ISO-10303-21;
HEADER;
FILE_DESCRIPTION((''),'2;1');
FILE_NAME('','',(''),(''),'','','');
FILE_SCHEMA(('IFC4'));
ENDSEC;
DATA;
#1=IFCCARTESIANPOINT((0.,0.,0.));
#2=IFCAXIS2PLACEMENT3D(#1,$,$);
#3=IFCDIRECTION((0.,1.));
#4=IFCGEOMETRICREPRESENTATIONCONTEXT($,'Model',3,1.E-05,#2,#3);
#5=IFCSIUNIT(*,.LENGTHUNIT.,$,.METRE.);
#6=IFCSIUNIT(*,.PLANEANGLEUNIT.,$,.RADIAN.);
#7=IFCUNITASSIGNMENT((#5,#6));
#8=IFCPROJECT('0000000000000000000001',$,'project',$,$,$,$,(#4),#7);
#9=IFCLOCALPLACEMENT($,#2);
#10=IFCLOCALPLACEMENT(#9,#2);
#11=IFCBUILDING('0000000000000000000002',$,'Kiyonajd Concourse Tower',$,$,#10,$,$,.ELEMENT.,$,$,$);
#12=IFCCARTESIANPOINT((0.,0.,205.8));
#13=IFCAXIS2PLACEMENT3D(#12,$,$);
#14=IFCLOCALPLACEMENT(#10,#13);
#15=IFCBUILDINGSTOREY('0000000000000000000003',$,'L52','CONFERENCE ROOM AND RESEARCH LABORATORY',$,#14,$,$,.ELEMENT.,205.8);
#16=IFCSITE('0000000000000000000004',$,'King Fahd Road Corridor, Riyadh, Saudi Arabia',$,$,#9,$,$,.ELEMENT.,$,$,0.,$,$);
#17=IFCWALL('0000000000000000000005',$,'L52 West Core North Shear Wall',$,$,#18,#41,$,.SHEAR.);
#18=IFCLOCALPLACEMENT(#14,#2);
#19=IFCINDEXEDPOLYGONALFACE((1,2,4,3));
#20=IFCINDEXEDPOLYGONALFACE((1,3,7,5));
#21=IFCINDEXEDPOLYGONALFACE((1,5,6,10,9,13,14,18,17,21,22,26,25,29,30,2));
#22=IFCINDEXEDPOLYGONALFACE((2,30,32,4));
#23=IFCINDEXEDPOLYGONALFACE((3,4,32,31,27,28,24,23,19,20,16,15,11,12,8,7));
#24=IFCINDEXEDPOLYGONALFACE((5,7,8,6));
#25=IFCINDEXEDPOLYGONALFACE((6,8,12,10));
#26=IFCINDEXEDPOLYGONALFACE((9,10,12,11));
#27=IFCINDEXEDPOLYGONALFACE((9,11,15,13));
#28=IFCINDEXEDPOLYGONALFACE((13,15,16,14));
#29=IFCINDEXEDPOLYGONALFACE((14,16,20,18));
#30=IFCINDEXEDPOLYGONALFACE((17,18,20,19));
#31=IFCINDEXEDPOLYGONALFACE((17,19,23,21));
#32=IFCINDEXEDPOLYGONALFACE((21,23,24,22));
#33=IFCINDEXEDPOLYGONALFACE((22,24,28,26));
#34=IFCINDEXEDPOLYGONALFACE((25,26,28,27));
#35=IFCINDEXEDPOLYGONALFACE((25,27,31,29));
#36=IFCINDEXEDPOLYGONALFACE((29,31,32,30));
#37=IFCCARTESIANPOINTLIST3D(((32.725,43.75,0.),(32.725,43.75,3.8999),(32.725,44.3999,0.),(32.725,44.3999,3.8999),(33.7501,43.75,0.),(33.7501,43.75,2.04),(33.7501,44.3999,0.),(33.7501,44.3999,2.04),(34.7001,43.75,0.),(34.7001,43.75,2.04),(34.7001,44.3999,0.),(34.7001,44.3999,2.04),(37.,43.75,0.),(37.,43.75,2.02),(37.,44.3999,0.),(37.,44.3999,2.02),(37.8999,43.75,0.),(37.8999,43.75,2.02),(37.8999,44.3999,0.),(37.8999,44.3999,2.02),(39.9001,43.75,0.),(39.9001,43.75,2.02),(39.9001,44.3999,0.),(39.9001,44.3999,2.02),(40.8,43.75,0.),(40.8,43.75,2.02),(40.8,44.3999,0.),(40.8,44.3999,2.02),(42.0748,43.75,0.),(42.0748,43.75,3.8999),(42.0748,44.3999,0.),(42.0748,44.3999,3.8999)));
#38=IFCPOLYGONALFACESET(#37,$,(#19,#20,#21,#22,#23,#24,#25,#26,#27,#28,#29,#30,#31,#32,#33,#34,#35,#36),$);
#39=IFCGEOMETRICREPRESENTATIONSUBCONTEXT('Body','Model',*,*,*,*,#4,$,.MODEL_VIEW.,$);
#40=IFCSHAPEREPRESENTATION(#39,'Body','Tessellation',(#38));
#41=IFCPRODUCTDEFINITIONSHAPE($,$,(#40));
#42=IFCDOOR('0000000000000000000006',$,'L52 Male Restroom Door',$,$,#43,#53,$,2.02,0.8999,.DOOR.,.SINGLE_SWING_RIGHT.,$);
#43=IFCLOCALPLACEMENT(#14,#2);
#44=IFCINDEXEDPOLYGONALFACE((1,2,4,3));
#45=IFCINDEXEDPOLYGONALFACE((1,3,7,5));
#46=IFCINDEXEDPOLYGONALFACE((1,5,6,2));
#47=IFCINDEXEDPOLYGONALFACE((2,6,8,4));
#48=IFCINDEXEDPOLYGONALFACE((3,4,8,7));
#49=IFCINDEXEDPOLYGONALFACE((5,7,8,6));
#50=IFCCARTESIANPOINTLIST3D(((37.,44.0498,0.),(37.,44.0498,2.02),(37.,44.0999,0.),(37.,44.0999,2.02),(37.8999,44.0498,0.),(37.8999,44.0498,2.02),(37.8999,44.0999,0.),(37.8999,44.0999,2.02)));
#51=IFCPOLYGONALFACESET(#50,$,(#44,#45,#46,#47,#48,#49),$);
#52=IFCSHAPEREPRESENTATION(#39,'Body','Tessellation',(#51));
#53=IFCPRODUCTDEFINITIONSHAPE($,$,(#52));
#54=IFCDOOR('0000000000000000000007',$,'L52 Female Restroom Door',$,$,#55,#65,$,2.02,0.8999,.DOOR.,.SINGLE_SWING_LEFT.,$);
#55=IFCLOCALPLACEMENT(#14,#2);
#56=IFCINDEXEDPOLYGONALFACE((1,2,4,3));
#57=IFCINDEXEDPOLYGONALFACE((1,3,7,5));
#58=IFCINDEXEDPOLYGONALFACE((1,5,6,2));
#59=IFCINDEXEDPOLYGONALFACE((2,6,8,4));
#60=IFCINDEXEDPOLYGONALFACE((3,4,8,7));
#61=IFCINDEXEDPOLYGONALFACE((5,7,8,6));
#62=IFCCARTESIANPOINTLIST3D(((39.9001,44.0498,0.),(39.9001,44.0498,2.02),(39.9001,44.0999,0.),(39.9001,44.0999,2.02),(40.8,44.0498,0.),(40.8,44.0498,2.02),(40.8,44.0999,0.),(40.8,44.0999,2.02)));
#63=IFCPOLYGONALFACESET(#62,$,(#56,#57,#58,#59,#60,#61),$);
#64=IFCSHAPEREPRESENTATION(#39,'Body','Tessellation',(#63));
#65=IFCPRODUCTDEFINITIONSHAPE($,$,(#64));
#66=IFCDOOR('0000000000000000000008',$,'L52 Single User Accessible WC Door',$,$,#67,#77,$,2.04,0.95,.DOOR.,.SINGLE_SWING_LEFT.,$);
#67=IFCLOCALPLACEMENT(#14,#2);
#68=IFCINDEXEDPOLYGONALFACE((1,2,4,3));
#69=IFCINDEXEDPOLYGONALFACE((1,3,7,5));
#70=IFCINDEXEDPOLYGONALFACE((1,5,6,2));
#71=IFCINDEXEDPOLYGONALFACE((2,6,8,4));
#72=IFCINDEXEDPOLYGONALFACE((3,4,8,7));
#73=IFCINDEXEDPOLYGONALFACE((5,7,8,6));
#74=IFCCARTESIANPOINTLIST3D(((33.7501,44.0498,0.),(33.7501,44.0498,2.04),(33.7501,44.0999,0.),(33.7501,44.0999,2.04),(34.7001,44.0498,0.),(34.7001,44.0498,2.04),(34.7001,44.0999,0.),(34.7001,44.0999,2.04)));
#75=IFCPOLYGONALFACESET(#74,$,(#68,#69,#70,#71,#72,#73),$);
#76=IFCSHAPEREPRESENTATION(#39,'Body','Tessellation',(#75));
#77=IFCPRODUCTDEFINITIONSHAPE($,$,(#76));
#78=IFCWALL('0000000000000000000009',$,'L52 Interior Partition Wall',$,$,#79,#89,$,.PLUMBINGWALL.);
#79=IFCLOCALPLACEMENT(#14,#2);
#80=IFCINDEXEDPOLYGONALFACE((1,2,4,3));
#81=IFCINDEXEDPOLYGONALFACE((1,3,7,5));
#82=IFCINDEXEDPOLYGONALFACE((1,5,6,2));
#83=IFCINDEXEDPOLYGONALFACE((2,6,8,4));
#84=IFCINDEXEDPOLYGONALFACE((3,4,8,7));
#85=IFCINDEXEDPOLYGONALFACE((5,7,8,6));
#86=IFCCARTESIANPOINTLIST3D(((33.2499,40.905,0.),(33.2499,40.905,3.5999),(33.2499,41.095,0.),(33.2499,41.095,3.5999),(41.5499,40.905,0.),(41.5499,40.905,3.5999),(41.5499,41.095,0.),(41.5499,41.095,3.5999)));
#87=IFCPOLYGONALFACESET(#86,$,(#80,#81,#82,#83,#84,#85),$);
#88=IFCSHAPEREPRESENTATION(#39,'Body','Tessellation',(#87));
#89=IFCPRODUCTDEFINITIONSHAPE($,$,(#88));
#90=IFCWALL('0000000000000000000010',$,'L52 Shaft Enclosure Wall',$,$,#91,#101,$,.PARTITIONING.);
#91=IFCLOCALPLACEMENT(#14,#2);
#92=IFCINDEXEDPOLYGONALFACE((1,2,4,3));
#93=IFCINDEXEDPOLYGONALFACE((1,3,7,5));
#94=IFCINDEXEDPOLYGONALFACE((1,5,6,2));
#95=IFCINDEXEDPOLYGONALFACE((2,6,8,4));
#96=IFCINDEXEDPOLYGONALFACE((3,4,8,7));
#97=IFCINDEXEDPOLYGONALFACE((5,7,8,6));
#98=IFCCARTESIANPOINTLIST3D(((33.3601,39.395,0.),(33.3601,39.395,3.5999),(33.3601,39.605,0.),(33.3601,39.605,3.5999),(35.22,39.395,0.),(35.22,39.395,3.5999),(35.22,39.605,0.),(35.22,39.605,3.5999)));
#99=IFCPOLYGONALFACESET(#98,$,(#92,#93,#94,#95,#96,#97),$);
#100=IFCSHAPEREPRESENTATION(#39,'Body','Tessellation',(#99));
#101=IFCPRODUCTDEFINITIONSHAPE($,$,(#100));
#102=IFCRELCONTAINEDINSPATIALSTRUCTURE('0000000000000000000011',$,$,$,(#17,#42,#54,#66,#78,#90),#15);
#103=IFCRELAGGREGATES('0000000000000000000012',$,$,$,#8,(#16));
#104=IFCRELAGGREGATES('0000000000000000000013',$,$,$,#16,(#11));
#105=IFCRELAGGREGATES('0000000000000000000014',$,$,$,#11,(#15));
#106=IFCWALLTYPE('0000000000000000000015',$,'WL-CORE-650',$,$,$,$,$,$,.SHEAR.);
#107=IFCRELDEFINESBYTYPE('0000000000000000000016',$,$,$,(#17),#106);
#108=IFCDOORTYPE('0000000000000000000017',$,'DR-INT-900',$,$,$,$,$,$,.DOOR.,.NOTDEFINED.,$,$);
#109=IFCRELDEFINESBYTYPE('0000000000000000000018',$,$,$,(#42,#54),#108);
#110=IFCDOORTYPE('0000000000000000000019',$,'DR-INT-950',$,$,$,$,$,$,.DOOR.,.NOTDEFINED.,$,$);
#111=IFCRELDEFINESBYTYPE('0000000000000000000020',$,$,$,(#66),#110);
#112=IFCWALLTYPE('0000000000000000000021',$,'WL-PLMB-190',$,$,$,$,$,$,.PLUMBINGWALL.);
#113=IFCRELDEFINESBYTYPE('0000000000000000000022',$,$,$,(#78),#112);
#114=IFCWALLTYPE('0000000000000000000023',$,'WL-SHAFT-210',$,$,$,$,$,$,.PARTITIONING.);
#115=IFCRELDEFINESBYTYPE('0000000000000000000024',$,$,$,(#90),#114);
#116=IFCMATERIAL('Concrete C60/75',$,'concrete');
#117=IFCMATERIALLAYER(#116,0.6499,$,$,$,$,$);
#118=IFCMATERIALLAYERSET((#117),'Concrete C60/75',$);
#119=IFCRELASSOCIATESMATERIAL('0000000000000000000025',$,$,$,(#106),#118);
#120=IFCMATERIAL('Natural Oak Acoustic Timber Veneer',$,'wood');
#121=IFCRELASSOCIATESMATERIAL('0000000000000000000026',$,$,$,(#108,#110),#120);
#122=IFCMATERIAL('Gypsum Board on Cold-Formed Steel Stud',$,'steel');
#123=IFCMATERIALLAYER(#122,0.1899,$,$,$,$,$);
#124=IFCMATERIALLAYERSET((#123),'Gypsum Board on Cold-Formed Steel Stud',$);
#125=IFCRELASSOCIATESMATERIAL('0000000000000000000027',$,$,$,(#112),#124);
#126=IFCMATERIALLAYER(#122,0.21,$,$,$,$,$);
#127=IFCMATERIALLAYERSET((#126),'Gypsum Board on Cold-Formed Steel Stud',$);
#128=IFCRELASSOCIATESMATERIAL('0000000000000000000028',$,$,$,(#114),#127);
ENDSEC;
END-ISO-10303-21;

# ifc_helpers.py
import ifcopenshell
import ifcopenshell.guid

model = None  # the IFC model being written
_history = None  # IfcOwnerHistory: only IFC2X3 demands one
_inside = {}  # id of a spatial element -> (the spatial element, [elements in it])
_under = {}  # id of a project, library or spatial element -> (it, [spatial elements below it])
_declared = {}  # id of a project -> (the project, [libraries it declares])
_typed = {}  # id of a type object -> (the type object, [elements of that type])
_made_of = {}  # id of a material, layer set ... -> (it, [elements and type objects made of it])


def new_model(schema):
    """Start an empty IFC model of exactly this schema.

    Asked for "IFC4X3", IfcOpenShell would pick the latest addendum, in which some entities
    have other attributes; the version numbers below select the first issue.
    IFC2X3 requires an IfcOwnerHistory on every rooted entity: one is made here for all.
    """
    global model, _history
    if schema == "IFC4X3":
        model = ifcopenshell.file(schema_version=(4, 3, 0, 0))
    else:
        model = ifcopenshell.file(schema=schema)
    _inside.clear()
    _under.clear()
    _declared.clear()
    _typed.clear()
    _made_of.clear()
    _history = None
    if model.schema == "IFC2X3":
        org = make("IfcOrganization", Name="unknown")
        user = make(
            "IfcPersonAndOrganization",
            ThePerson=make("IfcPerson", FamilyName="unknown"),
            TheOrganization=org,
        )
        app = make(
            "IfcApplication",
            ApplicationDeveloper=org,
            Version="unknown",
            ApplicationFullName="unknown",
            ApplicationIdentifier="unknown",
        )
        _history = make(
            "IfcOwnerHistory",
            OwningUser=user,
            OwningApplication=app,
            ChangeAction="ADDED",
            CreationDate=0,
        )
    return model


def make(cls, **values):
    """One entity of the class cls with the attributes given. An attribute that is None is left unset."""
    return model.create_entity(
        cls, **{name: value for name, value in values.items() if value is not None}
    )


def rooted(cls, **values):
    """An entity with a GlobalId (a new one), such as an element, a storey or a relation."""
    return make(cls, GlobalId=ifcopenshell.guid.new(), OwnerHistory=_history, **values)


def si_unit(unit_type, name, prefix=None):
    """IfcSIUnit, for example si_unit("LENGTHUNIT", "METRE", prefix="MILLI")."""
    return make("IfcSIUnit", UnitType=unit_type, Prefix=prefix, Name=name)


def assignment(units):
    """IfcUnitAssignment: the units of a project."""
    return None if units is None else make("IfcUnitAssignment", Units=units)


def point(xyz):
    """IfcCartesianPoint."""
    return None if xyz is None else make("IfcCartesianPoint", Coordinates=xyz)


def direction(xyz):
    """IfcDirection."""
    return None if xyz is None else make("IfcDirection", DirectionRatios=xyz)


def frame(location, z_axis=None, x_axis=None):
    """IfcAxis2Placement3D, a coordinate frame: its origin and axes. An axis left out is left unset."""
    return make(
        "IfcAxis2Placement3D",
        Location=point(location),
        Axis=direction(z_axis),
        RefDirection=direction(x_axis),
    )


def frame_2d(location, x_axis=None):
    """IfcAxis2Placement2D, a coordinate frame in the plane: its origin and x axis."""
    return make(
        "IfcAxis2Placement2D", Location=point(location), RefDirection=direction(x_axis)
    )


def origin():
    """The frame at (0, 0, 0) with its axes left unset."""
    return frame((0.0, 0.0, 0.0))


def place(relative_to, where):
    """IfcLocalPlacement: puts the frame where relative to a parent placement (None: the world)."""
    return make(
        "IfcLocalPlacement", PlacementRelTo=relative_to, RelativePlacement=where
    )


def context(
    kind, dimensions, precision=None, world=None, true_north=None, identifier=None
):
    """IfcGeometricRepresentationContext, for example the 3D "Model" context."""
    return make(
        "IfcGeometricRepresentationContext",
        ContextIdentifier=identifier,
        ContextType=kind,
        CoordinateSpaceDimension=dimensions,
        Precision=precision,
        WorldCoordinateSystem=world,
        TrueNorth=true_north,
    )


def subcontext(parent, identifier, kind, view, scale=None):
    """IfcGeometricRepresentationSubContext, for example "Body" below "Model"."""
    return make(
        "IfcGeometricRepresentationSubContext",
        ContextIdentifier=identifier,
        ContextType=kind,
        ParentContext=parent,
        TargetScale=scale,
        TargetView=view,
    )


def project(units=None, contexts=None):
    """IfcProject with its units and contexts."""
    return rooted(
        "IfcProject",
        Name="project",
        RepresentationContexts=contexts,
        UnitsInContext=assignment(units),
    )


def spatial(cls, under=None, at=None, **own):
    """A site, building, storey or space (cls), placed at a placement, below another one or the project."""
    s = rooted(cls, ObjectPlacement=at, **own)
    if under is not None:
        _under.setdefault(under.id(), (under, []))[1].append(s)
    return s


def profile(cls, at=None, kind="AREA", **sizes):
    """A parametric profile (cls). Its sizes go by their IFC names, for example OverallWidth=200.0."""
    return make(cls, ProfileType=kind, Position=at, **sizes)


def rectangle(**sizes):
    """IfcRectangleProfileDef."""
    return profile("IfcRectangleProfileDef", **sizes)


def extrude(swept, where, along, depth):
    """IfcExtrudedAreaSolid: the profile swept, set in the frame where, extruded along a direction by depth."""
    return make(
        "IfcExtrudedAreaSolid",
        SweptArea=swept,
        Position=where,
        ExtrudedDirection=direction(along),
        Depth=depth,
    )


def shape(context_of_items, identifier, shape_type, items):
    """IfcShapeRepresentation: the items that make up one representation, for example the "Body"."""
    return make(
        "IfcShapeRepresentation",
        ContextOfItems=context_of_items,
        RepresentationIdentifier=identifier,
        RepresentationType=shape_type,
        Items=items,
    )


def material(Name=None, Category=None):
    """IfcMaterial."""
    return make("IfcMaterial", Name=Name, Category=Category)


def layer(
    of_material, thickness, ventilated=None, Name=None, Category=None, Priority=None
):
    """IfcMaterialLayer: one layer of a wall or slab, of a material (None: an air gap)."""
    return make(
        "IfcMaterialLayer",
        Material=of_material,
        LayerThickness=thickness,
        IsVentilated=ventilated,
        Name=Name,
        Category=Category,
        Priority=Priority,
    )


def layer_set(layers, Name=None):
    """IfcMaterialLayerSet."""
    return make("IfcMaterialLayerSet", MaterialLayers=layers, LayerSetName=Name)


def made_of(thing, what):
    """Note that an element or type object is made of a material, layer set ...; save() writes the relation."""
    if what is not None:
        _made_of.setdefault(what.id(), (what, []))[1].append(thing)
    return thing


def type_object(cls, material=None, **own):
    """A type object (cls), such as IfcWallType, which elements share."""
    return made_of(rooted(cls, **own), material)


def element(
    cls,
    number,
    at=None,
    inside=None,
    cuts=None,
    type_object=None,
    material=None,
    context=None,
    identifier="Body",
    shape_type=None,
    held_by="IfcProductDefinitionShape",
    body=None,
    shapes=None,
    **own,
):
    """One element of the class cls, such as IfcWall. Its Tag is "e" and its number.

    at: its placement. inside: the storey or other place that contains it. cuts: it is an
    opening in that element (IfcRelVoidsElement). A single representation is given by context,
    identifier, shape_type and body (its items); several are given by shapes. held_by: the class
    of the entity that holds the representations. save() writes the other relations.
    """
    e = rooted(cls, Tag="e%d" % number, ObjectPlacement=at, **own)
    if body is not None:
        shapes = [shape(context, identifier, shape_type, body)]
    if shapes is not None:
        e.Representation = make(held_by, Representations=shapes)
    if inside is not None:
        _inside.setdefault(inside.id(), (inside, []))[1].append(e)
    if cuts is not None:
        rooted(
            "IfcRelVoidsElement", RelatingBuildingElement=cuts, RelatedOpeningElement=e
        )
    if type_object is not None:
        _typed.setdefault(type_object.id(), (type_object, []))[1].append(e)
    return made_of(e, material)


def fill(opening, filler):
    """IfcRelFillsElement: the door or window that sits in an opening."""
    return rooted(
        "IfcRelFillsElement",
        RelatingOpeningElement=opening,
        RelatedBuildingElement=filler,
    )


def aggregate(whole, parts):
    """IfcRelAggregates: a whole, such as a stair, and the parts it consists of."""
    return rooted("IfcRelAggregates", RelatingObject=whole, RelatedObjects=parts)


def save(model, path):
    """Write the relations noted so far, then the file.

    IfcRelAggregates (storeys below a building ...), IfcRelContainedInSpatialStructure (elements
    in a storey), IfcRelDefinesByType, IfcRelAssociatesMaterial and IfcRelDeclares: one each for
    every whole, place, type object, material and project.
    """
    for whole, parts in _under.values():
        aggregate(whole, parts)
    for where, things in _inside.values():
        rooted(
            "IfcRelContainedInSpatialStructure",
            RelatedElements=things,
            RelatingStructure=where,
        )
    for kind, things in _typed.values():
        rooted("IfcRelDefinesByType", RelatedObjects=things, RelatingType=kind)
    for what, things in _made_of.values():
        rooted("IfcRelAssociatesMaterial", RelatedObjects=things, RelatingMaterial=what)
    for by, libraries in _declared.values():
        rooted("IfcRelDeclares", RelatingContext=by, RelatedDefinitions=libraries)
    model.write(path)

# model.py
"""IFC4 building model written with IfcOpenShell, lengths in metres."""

from ifc_helpers import new_model, si_unit, direction, frame, frame_2d, origin, place, context, subcontext, project, spatial, rectangle, extrude, material, layer, layer_set, type_object, element, fill, save


model = new_model("IFC4")

# Units and contexts
model_context = context("Model", 3, precision=1e-05, world=origin(), true_north=direction((0.0, 1.0)))
body_context = subcontext(model_context, "Body", "Model", "MODEL_VIEW")
ifc_project = project(units=[si_unit("LENGTHUNIT", "METRE"), si_unit("PLANEANGLEUNIT", "RADIAN")], contexts=[model_context])

# Site, building, storey
site_placement = place(None, origin())
site = spatial("IfcSite", under=ifc_project, at=site_placement, Name="King Fahd Road Corridor, Riyadh, Saudi Arabia", CompositionType="ELEMENT", RefElevation=0.0)
building_placement = place(site_placement, origin())
building = spatial("IfcBuilding", under=site, at=building_placement, Name="Kiyonajd Concourse Tower", CompositionType="ELEMENT")
storey_placement = place(building_placement, frame((0.0, 0.0, 205.8)))
storey = spatial("IfcBuildingStorey", under=building, at=storey_placement, Name="L52", Description="CONFERENCE ROOM AND RESEARCH LABORATORY", CompositionType="ELEMENT", Elevation=205.8)

# Wall, openings, doors
ifc_material_1 = material(Name="Concrete C60/75", Category="concrete")
ifc_layer_1 = layer(ifc_material_1, 0.6499)
ifc_layer_set_1 = layer_set([ifc_layer_1], Name="Concrete C60/75")
wall_type_1 = type_object("IfcWallType", Name="WL-CORE-650", PredefinedType="SHEAR", material=ifc_layer_set_1)
wall_1_placement = place(storey_placement, frame((32.7251, 44.075, 0.0), z_axis=(0.0, 0.0, 1.0), x_axis=(1.0, 0.0, 0.0)))
wall_1 = element("IfcWall", 1, at=wall_1_placement, inside=storey, type_object=wall_type_1, Name="L52 West Core North Shear Wall", PredefinedType="SHEAR", context=body_context, shape_type="SweptSolid", body=[
    extrude(rectangle(XDim=9.3499, YDim=0.6499, at=frame_2d((4.6748, 0.0))), origin(), (0.0, 0.0, 1.0), 3.8999),
])
opening_1_placement = place(wall_1_placement, frame((1.0249, 0.0, 0.0)))
opening_1 = element("IfcOpeningElement", 2, at=opening_1_placement, cuts=wall_1, PredefinedType="OPENING", context=body_context, shape_type="SweptSolid", body=[
    extrude(rectangle(XDim=0.95, YDim=2.04, at=frame_2d((0.4751, 1.02))), frame((0.0, 0.335, 0.0), z_axis=(0.0, -1.0, 0.0), x_axis=(1.0, 0.0, 0.0)), (0.0, 0.0, 1.0), 0.6699),
])
opening_2_placement = place(wall_1_placement, frame((4.2749, 0.0, 0.0)))
opening_2 = element("IfcOpeningElement", 3, at=opening_2_placement, cuts=wall_1, PredefinedType="OPENING", context=body_context, shape_type="SweptSolid", body=[
    extrude(rectangle(XDim=0.8999, YDim=2.02, at=frame_2d((0.45, 1.01))), frame((0.0, 0.335, 0.0), z_axis=(0.0, -1.0, 0.0), x_axis=(1.0, 0.0, 0.0)), (0.0, 0.0, 1.0), 0.6699),
])
opening_3_placement = place(wall_1_placement, frame((7.175, 0.0, 0.0)))
opening_3 = element("IfcOpeningElement", 4, at=opening_3_placement, cuts=wall_1, PredefinedType="OPENING", context=body_context, shape_type="SweptSolid", body=[
    extrude(rectangle(XDim=0.8999, YDim=2.02, at=frame_2d((0.45, 1.01))), frame((0.0, 0.335, 0.0), z_axis=(0.0, -1.0, 0.0), x_axis=(1.0, 0.0, 0.0)), (0.0, 0.0, 1.0), 0.6699),
])
ifc_material_2 = material(Name="Natural Oak Acoustic Timber Veneer", Category="wood")
door_type_1 = type_object("IfcDoorType", Name="DR-INT-900", OperationType="NOTDEFINED", PredefinedType="DOOR", material=ifc_material_2)
door_1_placement = place(opening_2_placement, origin())
door_1 = element("IfcDoor", 5, at=door_1_placement, inside=storey, type_object=door_type_1, Name="L52 Male Restroom Door", OperationType="SINGLE_SWING_RIGHT", OverallHeight=2.02, OverallWidth=0.8999, PredefinedType="DOOR", context=body_context, shape_type="SweptSolid", body=[
    extrude(rectangle(XDim=0.8999, YDim=2.02, at=frame_2d((0.45, 1.01))), frame((0.0, 0.0249, 0.0), z_axis=(0.0, -1.0, 0.0), x_axis=(1.0, 0.0, 0.0)), (0.0, 0.0, 1.0), 0.05),
])
fill(opening_2, door_1)
door_2_placement = place(opening_3_placement, origin())
door_2 = element("IfcDoor", 6, at=door_2_placement, inside=storey, type_object=door_type_1, Name="L52 Female Restroom Door", OperationType="SINGLE_SWING_LEFT", OverallHeight=2.02, OverallWidth=0.8999, PredefinedType="DOOR", context=body_context, shape_type="SweptSolid", body=[
    extrude(rectangle(XDim=0.8999, YDim=2.02, at=frame_2d((0.45, 1.01))), frame((0.0, 0.0249, 0.0), z_axis=(0.0, -1.0, 0.0), x_axis=(1.0, 0.0, 0.0)), (0.0, 0.0, 1.0), 0.05),
])
fill(opening_3, door_2)
door_type_2 = type_object("IfcDoorType", Name="DR-INT-950", OperationType="NOTDEFINED", PredefinedType="DOOR", material=ifc_material_2)
door_3_placement = place(opening_1_placement, origin())
door_3 = element("IfcDoor", 7, at=door_3_placement, inside=storey, type_object=door_type_2, Name="L52 Single User Accessible WC Door", OperationType="SINGLE_SWING_LEFT", OverallHeight=2.04, OverallWidth=0.95, PredefinedType="DOOR", context=body_context, shape_type="SweptSolid", body=[
    extrude(rectangle(XDim=0.95, YDim=2.04, at=frame_2d((0.4751, 1.02))), frame((0.0, 0.0249, 0.0), z_axis=(0.0, -1.0, 0.0), x_axis=(1.0, 0.0, 0.0)), (0.0, 0.0, 1.0), 0.05),
])
fill(opening_1, door_3)

# Walls
ifc_material_3 = material(Name="Gypsum Board on Cold-Formed Steel Stud", Category="steel")
ifc_layer_2 = layer(ifc_material_3, 0.1899)
ifc_layer_set_2 = layer_set([ifc_layer_2], Name="Gypsum Board on Cold-Formed Steel Stud")
wall_type_2 = type_object("IfcWallType", Name="WL-PLMB-190", PredefinedType="PLUMBINGWALL", material=ifc_layer_set_2)
wall_2_placement = place(storey_placement, frame((33.25, 41.0, 0.0), z_axis=(0.0, 0.0, 1.0), x_axis=(1.0, 0.0, 0.0)))
element("IfcWall", 8, at=wall_2_placement, inside=storey, type_object=wall_type_2, Name="L52 Interior Partition Wall", PredefinedType="PLUMBINGWALL", context=body_context, shape_type="SweptSolid", body=[
    extrude(rectangle(XDim=8.3, YDim=0.1899, at=frame_2d((4.1499, 0.0))), origin(), (0.0, 0.0, 1.0), 3.5999),
])
ifc_layer_3 = layer(ifc_material_3, 0.21)
ifc_layer_set_3 = layer_set([ifc_layer_3], Name="Gypsum Board on Cold-Formed Steel Stud")
wall_type_3 = type_object("IfcWallType", Name="WL-SHAFT-210", PredefinedType="PARTITIONING", material=ifc_layer_set_3)
wall_3_placement = place(storey_placement, frame((33.3601, 39.5, 0.0), z_axis=(0.0, 0.0, 1.0), x_axis=(1.0, 0.0, 0.0)))
element("IfcWall", 9, at=wall_3_placement, inside=storey, type_object=wall_type_3, Name="L52 Shaft Enclosure Wall", PredefinedType="PARTITIONING", context=body_context, shape_type="SweptSolid", body=[
    extrude(rectangle(XDim=1.8599, YDim=0.21, at=frame_2d((0.9299, 0.0))), origin(), (0.0, 0.0, 1.0), 3.5999),
])

save(model, "model.ifc")
